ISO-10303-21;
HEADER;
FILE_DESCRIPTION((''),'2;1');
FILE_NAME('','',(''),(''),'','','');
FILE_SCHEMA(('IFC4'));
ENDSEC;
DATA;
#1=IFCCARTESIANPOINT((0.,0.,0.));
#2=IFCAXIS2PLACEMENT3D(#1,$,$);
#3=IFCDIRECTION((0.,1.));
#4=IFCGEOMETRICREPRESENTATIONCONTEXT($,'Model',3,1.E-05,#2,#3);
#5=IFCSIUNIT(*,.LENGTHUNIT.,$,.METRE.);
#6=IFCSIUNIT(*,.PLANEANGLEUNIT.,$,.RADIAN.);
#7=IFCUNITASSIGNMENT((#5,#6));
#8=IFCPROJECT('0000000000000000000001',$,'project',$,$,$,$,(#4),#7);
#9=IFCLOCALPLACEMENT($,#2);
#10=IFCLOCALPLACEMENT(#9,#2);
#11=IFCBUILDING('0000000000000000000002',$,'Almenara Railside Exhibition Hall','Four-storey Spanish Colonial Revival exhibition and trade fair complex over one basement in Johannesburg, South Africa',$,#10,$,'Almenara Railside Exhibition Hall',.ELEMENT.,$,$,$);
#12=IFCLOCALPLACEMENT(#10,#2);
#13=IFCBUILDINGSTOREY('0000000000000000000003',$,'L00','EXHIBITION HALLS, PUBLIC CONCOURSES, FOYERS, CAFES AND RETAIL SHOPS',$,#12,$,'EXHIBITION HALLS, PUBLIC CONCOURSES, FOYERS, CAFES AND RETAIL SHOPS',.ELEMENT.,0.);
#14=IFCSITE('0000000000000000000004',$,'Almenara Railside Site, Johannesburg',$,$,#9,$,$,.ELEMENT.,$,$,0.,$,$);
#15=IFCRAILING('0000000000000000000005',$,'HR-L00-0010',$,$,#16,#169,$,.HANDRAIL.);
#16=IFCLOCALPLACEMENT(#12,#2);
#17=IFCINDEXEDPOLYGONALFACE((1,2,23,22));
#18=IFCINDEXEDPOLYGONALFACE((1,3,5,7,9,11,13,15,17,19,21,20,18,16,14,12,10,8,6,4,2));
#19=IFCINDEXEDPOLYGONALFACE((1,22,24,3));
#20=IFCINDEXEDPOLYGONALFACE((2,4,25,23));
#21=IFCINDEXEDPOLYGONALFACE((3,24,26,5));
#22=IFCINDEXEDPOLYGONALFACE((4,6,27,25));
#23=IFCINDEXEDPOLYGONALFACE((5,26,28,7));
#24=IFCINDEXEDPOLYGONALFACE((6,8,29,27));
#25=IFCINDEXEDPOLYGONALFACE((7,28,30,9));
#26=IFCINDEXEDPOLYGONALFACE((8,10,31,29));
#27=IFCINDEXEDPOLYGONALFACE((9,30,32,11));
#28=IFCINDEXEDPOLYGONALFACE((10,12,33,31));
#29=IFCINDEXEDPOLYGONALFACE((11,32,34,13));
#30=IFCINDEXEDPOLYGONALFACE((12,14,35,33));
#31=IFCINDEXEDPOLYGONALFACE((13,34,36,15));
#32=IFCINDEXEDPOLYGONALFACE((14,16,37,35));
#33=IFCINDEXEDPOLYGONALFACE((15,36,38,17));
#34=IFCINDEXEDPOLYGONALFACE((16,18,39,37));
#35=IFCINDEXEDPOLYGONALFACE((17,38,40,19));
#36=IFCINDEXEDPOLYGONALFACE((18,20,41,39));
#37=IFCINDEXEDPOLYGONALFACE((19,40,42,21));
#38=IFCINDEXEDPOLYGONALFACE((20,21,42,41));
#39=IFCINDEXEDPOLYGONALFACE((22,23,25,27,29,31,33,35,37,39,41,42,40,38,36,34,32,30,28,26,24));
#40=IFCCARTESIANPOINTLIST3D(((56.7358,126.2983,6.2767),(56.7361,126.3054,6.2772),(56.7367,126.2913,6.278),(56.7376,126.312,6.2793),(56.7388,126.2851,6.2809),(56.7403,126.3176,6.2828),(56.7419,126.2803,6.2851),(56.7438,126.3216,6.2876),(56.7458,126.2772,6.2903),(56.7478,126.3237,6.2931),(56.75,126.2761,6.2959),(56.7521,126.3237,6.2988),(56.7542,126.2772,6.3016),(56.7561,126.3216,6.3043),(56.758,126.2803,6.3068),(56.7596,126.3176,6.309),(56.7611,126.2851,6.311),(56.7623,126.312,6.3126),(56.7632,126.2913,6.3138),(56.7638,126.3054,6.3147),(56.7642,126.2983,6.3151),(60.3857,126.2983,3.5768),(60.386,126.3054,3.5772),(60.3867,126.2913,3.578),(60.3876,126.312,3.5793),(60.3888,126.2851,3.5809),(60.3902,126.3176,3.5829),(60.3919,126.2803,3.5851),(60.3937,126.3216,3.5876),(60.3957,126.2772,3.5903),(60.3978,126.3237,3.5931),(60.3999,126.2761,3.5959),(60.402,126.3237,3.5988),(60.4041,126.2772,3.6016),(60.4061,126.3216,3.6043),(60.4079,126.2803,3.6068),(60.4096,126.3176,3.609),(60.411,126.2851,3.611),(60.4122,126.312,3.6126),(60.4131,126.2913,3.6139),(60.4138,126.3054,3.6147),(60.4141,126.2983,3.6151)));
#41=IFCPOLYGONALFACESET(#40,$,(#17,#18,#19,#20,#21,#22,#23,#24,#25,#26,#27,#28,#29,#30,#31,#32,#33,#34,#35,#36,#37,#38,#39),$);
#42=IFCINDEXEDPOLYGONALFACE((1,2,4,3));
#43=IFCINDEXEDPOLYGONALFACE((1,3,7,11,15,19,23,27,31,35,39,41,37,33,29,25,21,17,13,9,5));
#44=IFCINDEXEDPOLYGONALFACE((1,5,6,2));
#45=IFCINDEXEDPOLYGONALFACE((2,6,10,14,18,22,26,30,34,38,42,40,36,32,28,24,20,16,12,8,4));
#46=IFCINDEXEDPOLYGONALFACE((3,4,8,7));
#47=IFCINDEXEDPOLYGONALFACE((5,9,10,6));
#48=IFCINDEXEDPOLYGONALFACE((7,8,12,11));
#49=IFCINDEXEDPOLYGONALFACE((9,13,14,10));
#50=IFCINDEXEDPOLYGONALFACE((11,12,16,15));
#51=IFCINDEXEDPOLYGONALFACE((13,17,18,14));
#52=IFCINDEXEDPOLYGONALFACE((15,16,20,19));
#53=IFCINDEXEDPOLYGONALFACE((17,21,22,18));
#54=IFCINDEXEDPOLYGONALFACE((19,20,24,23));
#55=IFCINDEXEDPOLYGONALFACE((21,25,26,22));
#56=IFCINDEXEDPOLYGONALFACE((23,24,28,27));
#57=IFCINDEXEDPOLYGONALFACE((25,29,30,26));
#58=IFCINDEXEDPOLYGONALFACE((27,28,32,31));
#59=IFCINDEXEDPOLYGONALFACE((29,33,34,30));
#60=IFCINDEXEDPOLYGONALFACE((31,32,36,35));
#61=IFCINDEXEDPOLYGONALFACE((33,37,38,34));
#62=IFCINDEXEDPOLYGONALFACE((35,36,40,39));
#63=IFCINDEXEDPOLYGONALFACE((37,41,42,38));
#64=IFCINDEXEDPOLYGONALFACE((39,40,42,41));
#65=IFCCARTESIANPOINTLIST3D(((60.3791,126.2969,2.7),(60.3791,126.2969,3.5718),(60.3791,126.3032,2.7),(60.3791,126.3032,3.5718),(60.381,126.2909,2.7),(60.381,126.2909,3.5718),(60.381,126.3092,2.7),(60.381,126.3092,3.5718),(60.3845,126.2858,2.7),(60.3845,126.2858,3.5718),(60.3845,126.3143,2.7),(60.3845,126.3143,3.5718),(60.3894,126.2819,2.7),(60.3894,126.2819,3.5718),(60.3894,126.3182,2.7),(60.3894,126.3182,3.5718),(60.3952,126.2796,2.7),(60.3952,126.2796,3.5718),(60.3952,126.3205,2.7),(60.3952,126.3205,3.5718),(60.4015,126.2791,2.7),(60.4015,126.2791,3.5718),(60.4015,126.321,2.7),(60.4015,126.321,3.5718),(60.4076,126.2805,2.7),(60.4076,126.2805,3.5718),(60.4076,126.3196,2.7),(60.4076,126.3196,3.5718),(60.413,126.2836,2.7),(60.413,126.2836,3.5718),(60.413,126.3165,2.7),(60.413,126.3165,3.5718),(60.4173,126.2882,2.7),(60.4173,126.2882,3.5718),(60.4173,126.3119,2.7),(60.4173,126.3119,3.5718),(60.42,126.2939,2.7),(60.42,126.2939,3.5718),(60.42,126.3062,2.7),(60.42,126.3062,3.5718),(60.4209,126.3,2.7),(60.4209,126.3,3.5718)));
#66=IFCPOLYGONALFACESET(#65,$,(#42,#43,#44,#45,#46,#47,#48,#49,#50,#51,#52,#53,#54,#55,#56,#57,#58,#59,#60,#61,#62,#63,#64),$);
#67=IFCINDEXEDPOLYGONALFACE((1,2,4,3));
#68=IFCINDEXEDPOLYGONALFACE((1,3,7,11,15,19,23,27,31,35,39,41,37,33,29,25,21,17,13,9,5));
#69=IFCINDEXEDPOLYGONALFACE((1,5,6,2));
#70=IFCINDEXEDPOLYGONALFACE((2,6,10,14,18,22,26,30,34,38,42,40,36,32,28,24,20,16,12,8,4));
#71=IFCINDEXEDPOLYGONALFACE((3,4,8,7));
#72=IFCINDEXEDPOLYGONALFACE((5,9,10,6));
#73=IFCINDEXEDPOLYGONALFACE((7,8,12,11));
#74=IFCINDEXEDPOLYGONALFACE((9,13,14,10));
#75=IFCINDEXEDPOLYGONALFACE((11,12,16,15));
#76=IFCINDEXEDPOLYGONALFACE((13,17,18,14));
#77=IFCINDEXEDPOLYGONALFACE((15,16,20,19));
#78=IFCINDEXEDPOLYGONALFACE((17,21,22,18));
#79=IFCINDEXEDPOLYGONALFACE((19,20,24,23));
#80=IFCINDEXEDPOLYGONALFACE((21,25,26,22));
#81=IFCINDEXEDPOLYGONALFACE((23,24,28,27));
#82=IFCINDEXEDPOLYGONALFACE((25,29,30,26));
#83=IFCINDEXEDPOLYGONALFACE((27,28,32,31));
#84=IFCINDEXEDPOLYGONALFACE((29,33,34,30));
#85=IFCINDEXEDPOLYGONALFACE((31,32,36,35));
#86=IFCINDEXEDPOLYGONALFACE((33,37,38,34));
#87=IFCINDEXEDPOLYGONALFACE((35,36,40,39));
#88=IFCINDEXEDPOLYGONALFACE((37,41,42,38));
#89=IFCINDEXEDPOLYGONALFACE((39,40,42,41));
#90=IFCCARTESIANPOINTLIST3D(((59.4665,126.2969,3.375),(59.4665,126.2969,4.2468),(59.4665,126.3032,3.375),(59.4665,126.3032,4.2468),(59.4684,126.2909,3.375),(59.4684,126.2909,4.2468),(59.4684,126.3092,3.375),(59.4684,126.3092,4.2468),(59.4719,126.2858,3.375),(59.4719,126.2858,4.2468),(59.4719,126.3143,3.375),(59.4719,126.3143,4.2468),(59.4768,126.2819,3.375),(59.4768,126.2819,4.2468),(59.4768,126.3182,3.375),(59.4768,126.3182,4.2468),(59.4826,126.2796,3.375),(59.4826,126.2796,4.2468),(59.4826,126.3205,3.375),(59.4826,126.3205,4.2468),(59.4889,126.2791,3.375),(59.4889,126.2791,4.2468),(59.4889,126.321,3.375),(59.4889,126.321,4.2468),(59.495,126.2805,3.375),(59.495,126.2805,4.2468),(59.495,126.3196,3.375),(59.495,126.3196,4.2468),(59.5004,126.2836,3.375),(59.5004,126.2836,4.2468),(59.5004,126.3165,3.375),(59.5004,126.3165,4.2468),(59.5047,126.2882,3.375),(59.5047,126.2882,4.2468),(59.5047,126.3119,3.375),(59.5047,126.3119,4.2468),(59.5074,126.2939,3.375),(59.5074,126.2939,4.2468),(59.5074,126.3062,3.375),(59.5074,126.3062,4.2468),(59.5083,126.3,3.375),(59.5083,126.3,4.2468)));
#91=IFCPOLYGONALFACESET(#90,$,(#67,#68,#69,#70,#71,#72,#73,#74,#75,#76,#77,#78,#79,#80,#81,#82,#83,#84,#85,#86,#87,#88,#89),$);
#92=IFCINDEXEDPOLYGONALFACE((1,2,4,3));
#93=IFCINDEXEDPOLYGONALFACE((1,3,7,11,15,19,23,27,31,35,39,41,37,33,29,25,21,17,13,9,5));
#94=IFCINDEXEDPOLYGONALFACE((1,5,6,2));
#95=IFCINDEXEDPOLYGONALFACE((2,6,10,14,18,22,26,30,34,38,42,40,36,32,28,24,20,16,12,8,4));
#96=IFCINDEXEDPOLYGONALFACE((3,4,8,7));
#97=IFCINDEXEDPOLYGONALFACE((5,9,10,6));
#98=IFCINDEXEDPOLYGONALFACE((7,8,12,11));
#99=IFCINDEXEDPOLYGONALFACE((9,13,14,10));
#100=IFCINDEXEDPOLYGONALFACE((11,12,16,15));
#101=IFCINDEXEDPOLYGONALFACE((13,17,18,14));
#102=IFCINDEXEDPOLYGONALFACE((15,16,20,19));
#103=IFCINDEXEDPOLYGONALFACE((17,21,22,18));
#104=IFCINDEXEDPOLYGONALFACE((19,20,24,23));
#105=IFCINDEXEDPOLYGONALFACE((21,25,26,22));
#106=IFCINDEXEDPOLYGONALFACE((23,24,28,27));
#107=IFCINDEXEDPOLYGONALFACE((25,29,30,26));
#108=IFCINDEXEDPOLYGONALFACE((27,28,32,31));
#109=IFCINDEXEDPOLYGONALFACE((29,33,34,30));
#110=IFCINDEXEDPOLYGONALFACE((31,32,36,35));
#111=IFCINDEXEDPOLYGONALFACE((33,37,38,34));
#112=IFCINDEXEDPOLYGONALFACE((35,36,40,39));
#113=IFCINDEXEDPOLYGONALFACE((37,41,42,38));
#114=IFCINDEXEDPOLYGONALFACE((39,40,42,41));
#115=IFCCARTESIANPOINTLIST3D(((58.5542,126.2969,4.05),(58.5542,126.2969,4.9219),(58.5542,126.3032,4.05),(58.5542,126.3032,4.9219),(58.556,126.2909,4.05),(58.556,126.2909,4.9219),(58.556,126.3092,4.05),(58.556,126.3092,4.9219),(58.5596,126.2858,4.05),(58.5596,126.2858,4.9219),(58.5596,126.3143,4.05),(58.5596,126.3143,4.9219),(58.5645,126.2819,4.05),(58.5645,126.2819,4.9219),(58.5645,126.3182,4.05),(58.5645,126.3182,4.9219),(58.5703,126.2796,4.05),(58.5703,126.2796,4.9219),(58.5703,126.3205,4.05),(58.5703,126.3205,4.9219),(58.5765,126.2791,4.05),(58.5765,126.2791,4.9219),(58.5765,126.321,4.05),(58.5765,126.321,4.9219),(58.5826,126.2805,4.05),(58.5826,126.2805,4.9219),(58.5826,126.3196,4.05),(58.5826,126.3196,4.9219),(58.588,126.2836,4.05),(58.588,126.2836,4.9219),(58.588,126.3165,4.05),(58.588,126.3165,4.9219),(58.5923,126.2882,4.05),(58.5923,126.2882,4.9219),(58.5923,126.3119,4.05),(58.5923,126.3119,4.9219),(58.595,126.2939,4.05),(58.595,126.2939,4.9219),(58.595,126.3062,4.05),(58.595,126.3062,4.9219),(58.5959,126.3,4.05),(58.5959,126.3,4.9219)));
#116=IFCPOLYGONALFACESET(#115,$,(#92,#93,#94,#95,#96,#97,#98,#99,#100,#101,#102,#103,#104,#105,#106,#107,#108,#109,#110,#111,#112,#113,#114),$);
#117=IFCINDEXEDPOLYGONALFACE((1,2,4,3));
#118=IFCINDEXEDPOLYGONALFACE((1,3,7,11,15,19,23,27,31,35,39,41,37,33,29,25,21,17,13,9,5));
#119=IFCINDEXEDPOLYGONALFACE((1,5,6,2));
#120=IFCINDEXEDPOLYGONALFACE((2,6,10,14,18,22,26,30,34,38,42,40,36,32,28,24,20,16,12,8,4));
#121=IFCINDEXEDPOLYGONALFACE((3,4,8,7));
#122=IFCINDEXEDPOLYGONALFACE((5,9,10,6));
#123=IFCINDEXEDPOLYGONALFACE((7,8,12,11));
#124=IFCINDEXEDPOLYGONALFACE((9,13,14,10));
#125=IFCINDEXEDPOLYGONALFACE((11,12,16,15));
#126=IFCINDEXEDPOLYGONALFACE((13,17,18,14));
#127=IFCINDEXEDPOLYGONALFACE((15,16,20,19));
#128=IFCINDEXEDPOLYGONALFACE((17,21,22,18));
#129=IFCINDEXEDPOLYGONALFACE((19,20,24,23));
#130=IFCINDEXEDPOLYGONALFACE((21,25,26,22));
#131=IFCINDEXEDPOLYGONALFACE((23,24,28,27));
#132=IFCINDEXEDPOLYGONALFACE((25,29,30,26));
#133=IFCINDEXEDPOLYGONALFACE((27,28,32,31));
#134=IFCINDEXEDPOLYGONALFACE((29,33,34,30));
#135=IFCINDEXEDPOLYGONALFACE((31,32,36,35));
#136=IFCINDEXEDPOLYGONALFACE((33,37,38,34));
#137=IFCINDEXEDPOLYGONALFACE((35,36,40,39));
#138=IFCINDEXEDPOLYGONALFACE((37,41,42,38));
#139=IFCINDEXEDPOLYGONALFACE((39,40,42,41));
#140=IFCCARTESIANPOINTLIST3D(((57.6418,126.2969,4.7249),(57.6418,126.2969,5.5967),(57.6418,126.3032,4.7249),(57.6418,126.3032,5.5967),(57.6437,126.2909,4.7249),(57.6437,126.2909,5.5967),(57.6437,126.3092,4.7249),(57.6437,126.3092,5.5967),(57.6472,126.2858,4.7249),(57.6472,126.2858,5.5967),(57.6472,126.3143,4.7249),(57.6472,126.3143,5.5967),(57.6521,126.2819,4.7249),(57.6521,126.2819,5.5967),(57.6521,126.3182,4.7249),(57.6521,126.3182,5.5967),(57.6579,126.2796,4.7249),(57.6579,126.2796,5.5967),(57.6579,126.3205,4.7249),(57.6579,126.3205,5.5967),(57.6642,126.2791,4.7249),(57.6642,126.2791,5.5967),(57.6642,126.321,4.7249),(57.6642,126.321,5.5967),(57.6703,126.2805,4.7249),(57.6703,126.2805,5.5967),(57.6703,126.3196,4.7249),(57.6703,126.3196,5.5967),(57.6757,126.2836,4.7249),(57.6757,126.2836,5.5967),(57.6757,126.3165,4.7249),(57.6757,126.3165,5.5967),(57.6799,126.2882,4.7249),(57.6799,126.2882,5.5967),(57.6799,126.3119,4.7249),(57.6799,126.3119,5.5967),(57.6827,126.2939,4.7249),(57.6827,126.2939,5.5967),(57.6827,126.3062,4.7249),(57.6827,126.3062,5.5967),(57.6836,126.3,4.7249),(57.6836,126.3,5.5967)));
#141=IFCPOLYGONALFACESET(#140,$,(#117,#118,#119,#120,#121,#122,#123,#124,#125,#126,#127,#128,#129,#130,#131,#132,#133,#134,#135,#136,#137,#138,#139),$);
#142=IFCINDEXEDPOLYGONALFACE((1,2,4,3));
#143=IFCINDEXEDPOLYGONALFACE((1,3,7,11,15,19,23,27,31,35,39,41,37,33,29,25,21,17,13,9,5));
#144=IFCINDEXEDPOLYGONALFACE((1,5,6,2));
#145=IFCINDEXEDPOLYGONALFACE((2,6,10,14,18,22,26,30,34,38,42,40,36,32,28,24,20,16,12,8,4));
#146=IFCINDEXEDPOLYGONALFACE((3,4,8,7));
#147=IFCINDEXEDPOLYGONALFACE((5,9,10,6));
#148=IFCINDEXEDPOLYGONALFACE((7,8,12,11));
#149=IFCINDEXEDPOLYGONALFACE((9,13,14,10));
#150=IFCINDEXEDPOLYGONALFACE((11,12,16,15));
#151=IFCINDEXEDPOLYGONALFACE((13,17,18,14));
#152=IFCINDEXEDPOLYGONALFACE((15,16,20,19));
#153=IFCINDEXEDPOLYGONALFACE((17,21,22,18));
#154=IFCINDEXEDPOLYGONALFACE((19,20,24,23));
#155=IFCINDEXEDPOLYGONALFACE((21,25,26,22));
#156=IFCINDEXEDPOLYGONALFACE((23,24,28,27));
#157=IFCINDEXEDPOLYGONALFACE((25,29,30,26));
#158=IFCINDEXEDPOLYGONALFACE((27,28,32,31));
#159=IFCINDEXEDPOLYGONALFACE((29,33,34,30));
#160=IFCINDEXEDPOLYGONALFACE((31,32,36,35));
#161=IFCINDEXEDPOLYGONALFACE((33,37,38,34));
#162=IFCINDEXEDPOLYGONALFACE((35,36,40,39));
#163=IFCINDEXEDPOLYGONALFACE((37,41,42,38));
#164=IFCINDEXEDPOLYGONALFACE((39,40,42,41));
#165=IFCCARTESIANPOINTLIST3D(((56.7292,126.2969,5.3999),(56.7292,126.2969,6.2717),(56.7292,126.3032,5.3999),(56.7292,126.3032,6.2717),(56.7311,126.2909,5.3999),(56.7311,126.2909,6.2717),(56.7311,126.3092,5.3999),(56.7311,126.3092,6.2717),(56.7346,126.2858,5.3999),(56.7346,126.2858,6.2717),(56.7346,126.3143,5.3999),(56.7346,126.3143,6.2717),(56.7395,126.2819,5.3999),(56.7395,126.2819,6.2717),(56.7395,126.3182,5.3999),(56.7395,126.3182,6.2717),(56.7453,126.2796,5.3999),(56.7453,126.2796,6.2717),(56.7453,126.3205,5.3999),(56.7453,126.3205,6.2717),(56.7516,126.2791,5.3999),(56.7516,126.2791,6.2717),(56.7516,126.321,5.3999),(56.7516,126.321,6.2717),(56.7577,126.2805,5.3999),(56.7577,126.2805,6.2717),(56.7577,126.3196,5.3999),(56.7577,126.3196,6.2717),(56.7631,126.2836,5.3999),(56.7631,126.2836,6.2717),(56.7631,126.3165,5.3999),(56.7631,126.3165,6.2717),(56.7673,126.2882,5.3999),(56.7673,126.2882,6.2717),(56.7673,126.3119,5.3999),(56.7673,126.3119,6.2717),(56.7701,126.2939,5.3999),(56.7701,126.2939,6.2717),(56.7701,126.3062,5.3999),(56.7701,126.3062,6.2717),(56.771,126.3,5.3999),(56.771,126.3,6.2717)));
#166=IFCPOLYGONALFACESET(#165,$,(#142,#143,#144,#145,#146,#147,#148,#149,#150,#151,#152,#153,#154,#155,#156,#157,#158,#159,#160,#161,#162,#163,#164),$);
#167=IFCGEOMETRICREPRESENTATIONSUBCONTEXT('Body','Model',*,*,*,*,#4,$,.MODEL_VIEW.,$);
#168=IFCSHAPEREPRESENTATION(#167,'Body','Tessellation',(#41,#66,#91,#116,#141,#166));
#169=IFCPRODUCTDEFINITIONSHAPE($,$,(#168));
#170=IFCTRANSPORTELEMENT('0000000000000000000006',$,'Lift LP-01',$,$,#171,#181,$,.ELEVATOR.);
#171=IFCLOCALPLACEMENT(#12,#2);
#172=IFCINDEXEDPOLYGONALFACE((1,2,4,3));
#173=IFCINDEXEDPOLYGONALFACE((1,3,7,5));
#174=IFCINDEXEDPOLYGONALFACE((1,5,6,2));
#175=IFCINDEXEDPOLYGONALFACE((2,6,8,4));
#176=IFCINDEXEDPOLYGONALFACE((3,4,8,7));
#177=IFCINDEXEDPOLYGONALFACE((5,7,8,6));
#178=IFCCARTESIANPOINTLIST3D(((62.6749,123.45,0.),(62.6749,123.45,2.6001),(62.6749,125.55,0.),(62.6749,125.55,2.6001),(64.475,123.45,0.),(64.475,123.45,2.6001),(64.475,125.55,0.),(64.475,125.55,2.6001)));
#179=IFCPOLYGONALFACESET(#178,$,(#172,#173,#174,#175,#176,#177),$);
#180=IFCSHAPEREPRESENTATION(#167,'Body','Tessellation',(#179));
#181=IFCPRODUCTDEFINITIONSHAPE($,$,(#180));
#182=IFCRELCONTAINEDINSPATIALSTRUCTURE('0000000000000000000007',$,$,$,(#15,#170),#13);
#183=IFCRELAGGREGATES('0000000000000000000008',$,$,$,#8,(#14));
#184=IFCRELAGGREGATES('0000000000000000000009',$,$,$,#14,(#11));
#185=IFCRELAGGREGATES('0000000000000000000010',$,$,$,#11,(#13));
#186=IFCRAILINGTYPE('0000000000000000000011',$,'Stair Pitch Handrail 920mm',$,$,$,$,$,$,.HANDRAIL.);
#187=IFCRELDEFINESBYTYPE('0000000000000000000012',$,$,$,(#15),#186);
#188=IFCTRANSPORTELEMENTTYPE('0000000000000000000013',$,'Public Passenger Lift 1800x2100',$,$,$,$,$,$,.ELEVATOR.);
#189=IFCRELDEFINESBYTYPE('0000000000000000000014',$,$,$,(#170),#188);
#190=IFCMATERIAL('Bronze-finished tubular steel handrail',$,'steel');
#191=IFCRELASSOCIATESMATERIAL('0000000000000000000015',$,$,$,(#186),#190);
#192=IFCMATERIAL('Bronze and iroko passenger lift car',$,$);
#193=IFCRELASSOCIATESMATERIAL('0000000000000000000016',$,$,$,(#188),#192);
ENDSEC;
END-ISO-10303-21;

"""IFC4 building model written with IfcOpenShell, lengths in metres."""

from ifc_helpers import new_model, si_unit, direction, frame, origin, origin_2d, place, context, subcontext, project, spatial, rectangle, circle, extrude, material, type_object, element, save


model = new_model("IFC4")

# Units and contexts
model_context = context("Model", 3, precision=1e-05, world=origin(), true_north=direction((0.0, 1.0)))
body_context = subcontext(model_context, "Body", "Model", "MODEL_VIEW")
ifc_project = project(units=[si_unit("LENGTHUNIT", "METRE"), si_unit("PLANEANGLEUNIT", "RADIAN")], contexts=[model_context])

# Site, building, storey
site_placement = place(None, origin())
site = spatial("IfcSite", under=ifc_project, at=site_placement, Name="Almenara Railside Site, Johannesburg", CompositionType="ELEMENT", RefElevation=0.0)
building_placement = place(site_placement, origin())
building = spatial("IfcBuilding", under=site, at=building_placement, Name="Almenara Railside Exhibition Hall", Description="Four-storey Spanish Colonial Revival exhibition and trade fair complex over one basement in Johannesburg, South Africa", LongName="Almenara Railside Exhibition Hall", CompositionType="ELEMENT")
storey_placement = place(building_placement, origin())
storey = spatial("IfcBuildingStorey", under=building, at=storey_placement, Name="L00", Description="EXHIBITION HALLS, PUBLIC CONCOURSES, FOYERS, CAFES AND RETAIL SHOPS", LongName="EXHIBITION HALLS, PUBLIC CONCOURSES, FOYERS, CAFES AND RETAIL SHOPS", CompositionType="ELEMENT", Elevation=0.0)

# Railing
ifc_material_1 = material(Name="Bronze-finished tubular steel handrail", Category="steel")
railing_type = type_object("IfcRailingType", Name="Stair Pitch Handrail 920mm", PredefinedType="HANDRAIL", material=ifc_material_1)
railing_placement = place(storey_placement, frame((60.3999, 126.3, 2.7)))
element("IfcRailing", 1, at=railing_placement, inside=storey, type_object=railing_type, Name="HR-L00-0010", PredefinedType="HANDRAIL", context=body_context, shape_type="SweptSolid", body=[
    extrude(circle(Radius=0.0239, at=origin_2d()), frame((0.0, 0.0, 0.896), z_axis=(-0.803945, 0.0, 0.594704), x_axis=(0.0, -1.0, 0.0)), (0.0, 0.0, 1.0), 4.54),
    extrude(circle(Radius=0.021, at=origin_2d()), origin(), (0.0, 0.0, 1.0), 0.8718),
    extrude(circle(Radius=0.021, at=origin_2d()), frame((-0.9126, 0.0, 0.675)), (0.0, 0.0, 1.0), 0.8718),
    extrude(circle(Radius=0.021, at=origin_2d()), frame((-1.825, 0.0, 1.3501)), (0.0, 0.0, 1.0), 0.8718),
    extrude(circle(Radius=0.021, at=origin_2d()), frame((-2.7373, 0.0, 2.0249)), (0.0, 0.0, 1.0), 0.8718),
    extrude(circle(Radius=0.021, at=origin_2d()), frame((-3.6499, 0.0, 2.7)), (0.0, 0.0, 1.0), 0.8718),
])

# Transport element
ifc_material_2 = material(Name="Bronze and iroko passenger lift car")
transport_element_type = type_object("IfcTransportElementType", Name="Public Passenger Lift 1800x2100", PredefinedType="ELEVATOR", material=ifc_material_2)
transport_element_placement = place(storey_placement, frame((63.575, 124.5, 0.0), z_axis=(0.0, 0.0, 1.0), x_axis=(1.0, 0.0, 0.0)))
element("IfcTransportElement", 2, at=transport_element_placement, inside=storey, type_object=transport_element_type, Name="Lift LP-01", PredefinedType="ELEVATOR", context=body_context, shape_type="SweptSolid", body=[
    extrude(rectangle(XDim=1.8, YDim=2.1001, at=origin_2d()), origin(), (0.0, 0.0, 1.0), 2.6001),
])

save(model, "model.ifc")
